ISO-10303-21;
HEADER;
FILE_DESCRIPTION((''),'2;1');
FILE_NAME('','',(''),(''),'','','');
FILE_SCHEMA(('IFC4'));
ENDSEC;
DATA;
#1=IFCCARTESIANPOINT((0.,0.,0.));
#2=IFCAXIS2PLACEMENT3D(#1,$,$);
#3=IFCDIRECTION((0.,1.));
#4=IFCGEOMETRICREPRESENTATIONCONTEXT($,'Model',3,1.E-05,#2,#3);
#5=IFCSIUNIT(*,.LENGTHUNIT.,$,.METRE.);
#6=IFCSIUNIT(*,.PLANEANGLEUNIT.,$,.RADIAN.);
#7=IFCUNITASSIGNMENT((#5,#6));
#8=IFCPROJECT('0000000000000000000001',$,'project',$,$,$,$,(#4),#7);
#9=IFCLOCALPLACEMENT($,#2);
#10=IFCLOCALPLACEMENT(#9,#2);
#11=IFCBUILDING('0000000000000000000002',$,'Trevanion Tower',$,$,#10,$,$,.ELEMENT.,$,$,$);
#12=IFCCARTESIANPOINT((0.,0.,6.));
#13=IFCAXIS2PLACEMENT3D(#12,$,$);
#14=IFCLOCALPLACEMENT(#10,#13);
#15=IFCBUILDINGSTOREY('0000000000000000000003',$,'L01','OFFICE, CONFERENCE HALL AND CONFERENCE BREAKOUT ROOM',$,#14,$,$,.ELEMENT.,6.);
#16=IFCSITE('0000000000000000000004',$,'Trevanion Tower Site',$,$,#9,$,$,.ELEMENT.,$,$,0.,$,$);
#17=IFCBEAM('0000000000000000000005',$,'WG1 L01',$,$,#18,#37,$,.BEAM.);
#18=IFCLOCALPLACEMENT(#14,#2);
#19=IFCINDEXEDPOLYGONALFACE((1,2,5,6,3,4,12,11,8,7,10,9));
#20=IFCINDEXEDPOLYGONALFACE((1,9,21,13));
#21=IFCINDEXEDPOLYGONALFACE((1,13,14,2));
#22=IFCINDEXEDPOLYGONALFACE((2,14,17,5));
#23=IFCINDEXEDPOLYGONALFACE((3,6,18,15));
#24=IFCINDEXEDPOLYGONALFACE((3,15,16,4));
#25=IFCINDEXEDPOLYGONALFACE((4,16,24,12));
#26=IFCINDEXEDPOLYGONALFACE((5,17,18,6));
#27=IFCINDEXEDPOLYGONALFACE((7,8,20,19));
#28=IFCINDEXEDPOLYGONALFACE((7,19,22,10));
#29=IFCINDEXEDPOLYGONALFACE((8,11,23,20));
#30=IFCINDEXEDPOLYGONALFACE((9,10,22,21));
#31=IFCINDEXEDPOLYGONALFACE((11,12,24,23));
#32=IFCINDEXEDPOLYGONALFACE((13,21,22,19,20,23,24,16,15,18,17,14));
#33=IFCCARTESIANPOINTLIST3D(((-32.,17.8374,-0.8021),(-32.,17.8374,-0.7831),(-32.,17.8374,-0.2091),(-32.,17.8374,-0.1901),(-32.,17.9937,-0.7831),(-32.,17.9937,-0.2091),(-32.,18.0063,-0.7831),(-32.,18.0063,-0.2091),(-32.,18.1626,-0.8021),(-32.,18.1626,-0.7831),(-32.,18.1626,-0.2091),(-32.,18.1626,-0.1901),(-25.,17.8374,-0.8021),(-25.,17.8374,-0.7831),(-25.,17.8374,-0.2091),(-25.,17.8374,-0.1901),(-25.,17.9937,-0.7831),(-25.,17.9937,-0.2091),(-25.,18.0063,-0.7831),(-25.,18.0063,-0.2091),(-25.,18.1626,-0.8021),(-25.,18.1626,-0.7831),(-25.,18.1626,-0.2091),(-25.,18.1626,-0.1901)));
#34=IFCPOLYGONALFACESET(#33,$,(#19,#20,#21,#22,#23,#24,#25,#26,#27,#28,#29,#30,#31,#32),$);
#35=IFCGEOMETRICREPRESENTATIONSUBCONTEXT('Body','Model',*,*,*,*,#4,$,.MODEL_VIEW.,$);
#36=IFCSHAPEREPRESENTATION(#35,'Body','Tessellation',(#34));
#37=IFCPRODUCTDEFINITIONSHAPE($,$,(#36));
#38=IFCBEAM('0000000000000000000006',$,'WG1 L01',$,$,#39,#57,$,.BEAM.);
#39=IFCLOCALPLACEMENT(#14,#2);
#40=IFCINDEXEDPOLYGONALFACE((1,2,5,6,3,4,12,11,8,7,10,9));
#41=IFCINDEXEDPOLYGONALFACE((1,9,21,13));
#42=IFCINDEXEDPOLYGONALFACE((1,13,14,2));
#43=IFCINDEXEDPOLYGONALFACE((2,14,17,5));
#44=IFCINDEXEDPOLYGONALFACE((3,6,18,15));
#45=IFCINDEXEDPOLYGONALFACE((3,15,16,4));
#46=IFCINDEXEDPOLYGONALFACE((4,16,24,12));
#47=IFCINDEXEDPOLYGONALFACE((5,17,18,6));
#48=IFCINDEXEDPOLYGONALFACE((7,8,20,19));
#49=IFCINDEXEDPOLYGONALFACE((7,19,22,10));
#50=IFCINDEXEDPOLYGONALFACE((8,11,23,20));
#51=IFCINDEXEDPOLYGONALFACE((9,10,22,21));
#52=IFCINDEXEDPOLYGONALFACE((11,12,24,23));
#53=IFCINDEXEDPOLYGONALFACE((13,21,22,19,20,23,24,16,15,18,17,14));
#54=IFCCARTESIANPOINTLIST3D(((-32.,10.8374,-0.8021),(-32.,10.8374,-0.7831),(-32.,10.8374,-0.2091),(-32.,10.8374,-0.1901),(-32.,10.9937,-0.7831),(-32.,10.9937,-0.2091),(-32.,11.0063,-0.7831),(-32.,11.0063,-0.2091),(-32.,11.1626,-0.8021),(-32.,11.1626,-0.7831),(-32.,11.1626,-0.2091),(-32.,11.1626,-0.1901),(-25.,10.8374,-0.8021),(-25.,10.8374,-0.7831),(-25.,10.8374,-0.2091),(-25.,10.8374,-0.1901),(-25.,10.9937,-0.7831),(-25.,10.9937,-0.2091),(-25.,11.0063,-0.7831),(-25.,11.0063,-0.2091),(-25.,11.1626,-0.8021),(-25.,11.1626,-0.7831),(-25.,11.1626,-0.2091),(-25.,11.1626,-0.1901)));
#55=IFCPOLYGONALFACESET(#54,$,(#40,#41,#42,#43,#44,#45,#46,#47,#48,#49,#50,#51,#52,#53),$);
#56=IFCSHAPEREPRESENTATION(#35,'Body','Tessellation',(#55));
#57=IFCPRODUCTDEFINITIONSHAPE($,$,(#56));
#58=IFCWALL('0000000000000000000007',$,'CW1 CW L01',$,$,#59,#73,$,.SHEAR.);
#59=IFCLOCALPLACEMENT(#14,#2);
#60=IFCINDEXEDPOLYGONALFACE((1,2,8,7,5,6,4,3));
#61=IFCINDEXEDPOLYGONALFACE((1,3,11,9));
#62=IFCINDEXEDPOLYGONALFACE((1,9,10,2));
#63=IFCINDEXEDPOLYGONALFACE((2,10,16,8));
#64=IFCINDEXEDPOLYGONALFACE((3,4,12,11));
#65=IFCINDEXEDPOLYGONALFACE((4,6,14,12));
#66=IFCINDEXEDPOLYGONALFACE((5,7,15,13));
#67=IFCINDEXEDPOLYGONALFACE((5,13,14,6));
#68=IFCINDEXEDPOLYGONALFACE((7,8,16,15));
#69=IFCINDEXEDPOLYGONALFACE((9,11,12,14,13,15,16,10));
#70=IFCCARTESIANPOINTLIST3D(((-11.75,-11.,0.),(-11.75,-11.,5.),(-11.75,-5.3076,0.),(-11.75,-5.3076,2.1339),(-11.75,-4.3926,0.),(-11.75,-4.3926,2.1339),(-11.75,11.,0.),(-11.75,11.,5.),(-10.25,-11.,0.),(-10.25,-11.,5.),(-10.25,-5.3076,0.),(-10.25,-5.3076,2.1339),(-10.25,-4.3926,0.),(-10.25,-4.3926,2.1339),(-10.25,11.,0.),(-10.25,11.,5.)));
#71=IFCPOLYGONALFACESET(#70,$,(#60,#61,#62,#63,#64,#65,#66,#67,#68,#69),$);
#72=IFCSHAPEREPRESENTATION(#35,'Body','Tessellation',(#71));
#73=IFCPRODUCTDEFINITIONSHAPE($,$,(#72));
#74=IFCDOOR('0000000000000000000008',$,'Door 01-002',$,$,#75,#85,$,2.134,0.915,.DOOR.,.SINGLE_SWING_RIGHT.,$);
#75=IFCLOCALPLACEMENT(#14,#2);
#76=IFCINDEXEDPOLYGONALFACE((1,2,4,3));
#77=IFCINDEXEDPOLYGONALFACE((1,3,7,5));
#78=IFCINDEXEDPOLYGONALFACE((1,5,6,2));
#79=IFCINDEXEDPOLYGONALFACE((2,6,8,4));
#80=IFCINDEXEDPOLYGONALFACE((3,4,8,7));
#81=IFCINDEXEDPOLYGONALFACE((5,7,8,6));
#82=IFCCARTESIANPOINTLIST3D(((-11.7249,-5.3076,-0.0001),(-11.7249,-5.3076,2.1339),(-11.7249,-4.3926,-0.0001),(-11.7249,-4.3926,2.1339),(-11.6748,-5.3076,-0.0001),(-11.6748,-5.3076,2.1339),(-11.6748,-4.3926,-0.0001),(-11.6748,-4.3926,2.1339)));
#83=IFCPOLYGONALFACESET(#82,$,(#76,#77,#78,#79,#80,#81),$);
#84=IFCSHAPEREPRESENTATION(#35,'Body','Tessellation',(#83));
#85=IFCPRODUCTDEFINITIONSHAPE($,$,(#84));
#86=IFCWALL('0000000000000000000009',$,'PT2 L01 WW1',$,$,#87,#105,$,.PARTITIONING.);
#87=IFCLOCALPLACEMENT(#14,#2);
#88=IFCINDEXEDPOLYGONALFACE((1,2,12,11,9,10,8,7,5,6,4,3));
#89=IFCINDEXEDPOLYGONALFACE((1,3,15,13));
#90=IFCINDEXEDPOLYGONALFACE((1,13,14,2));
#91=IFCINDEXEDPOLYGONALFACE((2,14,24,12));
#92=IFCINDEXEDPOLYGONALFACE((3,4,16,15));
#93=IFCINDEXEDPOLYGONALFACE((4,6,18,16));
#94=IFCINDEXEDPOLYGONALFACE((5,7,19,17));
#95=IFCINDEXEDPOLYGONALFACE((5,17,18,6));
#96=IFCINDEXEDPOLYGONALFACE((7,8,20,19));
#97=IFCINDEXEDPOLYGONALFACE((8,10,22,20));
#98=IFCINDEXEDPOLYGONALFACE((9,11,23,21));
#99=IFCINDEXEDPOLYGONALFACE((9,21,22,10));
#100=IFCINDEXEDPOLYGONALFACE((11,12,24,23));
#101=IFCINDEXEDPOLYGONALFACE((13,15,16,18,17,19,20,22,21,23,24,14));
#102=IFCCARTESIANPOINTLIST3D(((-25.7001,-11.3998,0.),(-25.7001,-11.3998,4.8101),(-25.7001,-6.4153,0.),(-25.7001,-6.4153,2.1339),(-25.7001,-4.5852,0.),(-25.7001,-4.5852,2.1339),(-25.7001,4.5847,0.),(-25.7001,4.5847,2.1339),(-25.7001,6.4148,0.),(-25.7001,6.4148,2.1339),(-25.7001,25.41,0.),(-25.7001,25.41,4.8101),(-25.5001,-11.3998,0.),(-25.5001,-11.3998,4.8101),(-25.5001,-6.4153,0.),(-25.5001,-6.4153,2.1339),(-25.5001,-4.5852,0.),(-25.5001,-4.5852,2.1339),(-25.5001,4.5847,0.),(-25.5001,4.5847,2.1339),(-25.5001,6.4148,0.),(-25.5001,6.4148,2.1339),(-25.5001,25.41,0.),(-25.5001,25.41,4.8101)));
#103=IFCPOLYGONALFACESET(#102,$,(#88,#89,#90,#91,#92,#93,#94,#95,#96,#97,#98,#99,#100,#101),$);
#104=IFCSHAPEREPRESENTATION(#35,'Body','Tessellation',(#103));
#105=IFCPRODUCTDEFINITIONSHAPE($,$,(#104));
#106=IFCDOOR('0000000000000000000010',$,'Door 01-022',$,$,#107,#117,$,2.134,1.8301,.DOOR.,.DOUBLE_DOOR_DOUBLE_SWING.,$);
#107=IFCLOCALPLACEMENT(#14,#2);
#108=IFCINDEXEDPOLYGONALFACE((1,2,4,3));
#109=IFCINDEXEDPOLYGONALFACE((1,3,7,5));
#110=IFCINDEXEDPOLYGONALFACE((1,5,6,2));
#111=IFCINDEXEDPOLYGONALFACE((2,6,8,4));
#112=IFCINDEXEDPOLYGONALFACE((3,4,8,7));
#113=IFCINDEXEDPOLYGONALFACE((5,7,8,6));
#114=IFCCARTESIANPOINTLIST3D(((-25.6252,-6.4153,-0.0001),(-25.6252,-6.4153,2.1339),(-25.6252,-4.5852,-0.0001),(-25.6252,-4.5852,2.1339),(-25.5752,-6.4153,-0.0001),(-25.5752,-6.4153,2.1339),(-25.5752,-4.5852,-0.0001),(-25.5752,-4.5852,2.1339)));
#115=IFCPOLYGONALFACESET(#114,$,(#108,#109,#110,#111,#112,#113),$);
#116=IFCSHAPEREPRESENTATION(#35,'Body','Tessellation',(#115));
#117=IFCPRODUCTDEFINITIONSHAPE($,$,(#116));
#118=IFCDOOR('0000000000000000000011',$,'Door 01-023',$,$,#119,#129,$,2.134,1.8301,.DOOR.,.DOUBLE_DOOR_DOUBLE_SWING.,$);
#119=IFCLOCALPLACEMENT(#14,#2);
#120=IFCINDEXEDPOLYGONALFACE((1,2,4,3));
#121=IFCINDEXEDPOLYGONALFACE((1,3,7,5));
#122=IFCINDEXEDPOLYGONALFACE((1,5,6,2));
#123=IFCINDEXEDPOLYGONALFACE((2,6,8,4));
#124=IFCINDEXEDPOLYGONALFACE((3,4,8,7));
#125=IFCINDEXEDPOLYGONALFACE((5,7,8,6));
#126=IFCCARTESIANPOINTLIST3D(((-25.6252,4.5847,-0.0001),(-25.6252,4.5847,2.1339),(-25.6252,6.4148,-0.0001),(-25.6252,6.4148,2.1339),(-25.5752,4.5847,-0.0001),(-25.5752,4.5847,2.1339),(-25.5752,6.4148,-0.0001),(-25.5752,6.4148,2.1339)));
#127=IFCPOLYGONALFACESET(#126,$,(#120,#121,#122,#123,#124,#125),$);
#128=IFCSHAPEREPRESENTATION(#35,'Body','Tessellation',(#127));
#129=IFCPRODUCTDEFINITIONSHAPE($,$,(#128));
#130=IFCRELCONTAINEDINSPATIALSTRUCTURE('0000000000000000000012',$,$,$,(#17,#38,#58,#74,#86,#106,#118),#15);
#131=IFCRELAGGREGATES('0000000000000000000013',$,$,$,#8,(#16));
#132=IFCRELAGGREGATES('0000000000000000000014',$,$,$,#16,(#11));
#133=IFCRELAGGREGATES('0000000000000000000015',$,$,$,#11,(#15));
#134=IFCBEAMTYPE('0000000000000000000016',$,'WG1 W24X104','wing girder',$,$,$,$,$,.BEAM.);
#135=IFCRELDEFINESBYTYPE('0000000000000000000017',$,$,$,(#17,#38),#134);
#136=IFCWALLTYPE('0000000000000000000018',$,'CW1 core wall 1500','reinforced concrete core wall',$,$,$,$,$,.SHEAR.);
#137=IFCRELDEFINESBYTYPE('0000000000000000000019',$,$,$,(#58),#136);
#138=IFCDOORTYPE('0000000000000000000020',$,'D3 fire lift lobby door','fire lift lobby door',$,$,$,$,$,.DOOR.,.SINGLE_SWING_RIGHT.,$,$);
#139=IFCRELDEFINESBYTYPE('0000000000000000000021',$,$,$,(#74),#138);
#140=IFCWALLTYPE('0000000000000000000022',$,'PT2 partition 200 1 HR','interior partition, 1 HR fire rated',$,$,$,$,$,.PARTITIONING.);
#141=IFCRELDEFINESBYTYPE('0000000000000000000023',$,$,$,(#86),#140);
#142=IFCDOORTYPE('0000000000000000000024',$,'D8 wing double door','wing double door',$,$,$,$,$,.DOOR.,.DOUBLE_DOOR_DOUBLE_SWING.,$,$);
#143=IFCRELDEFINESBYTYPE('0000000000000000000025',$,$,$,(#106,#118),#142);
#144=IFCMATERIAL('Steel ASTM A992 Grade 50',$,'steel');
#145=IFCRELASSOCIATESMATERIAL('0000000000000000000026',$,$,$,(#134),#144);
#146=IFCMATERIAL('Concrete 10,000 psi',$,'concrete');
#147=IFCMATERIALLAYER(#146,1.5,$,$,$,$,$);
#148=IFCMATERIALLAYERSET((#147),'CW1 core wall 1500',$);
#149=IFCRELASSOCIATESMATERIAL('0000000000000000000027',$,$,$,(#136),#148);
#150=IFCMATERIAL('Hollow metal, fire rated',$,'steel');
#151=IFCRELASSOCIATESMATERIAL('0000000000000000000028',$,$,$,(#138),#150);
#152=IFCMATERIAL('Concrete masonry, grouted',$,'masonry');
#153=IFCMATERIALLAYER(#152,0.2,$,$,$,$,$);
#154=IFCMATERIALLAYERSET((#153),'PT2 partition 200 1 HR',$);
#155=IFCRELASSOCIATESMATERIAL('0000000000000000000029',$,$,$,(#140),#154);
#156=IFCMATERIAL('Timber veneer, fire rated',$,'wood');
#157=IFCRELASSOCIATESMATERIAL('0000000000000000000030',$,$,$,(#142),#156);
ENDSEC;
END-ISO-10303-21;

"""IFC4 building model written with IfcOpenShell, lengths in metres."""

from ifc_helpers import new_model, si_unit, direction, frame, frame_2d, origin, origin_2d, place, context, subcontext, project, spatial, rectangle, i_section, extrude, material, layer, layer_set, material_profile, profile_set, type_object, element, fill, save


model = new_model("IFC4")

# Units and contexts
model_context = context("Model", 3, precision=1e-05, world=origin(), true_north=direction((0.0, 1.0)))
body_context = subcontext(model_context, "Body", "Model", "MODEL_VIEW")
ifc_project = project(units=[si_unit("LENGTHUNIT", "METRE"), si_unit("PLANEANGLEUNIT", "RADIAN")], contexts=[model_context])

# Site, building, storey
site_placement = place(None, origin())
site = spatial("IfcSite", under=ifc_project, at=site_placement, Name="Trevanion Tower Site", CompositionType="ELEMENT", RefElevation=0.0)
building_placement = place(site_placement, origin())
building = spatial("IfcBuilding", under=site, at=building_placement, Name="Trevanion Tower", CompositionType="ELEMENT")
storey_placement = place(building_placement, frame((0.0, 0.0, 6.0)))
storey = spatial("IfcBuildingStorey", under=building, at=storey_placement, Name="L01", Description="OFFICE, CONFERENCE HALL AND CONFERENCE BREAKOUT ROOM", CompositionType="ELEMENT", Elevation=6.0)

# Beams
ifc_material_1 = material(Name="Steel ASTM A992 Grade 50", Category="steel")
ifc_material_profile_1 = material_profile(ifc_material_1, i_section(OverallWidth=0.3252, OverallDepth=0.6121, WebThickness=0.0127, FlangeThickness=0.019, at=origin_2d()), Name="W24X104")
ifc_profile_set_1 = profile_set([ifc_material_profile_1], Name="Steel ASTM A992 Grade 50")
beam_type_1 = type_object("IfcBeamType", Name="WG1 W24X104", Description="wing girder", PredefinedType="BEAM", material=ifc_profile_set_1)
for number, where, z_axis, x_axis, name in (
    (1, (-25.0, 18.0, -0.4961), (-1.0, 0.0, 0.0), (0.0, -1.0, 0.0), "WG1 L01"),
    (2, (-25.0, 11.0, -0.4961), (-1.0, 0.0, 0.0), (0.0, -1.0, 0.0), "WG1 L01"),
):
    element("IfcBeam", number, at=place(storey_placement, frame(where, z_axis=z_axis, x_axis=x_axis)), inside=storey, type_object=beam_type_1, Name=name, PredefinedType="BEAM", context=body_context, shape_type="SweptSolid", body=[
        extrude(i_section(OverallWidth=0.3252, OverallDepth=0.6121, WebThickness=0.0127, FlangeThickness=0.019, at=origin_2d()), origin(), (0.0, 0.0, 1.0), 7.0),
    ])

# Wall, opening, door
ifc_material_2 = material(Name="Concrete 10,000 psi", Category="concrete")
ifc_layer_1 = layer(ifc_material_2, 1.5)
ifc_layer_set_1 = layer_set([ifc_layer_1], Name="CW1 core wall 1500")
wall_type_1 = type_object("IfcWallType", Name="CW1 core wall 1500", Description="reinforced concrete core wall", PredefinedType="SHEAR", material=ifc_layer_set_1)
wall_1_placement = place(storey_placement, frame((-11.0, 11.0, 0.0), z_axis=(0.0, 0.0, 1.0), x_axis=(0.0, -1.0, 0.0)))
wall_1 = element("IfcWall", 3, at=wall_1_placement, inside=storey, type_object=wall_type_1, Name="CW1 CW L01", PredefinedType="SHEAR", context=body_context, shape_type="SweptSolid", body=[
    extrude(rectangle(XDim=22.0, YDim=1.5, at=frame_2d((11.0, 0.0))), origin(), (0.0, 0.0, 1.0), 5.0),
])
opening_1_placement = place(wall_1_placement, frame((15.3926, 0.0, 0.0)))
opening_1 = element("IfcOpeningElement", 4, at=opening_1_placement, cuts=wall_1, PredefinedType="OPENING", context=body_context, shape_type="SweptSolid", body=[
    extrude(rectangle(XDim=0.915, YDim=2.134, at=frame_2d((0.4575, 1.0669))), frame((0.0, 0.76, 0.0), z_axis=(0.0, -1.0, 0.0), x_axis=(1.0, 0.0, 0.0)), (0.0, 0.0, 1.0), 1.52),
])
ifc_material_3 = material(Name="Hollow metal, fire rated", Category="steel")
door_type_1 = type_object("IfcDoorType", Name="D3 fire lift lobby door", Description="fire lift lobby door", OperationType="SINGLE_SWING_RIGHT", PredefinedType="DOOR", material=ifc_material_3)
door_1_placement = place(opening_1_placement, origin())
door_1 = element("IfcDoor", 5, at=door_1_placement, inside=storey, type_object=door_type_1, Name="Door 01-002", OperationType="SINGLE_SWING_RIGHT", OverallHeight=2.134, OverallWidth=0.915, PredefinedType="DOOR", context=body_context, shape_type="SweptSolid", body=[
    extrude(rectangle(XDim=0.915, YDim=2.134, at=frame_2d((0.4575, 1.0669))), frame((0.0, -0.6748, 0.0), z_axis=(0.0, -1.0, 0.0), x_axis=(1.0, 0.0, 0.0)), (0.0, 0.0, 1.0), 0.05),
])
fill(opening_1, door_1)

# Wall, openings, doors
ifc_material_4 = material(Name="Concrete masonry, grouted", Category="masonry")
ifc_layer_2 = layer(ifc_material_4, 0.2)
ifc_layer_set_2 = layer_set([ifc_layer_2], Name="PT2 partition 200 1 HR")
wall_type_2 = type_object("IfcWallType", Name="PT2 partition 200 1 HR", Description="interior partition, 1 HR fire rated", PredefinedType="PARTITIONING", material=ifc_layer_set_2)
wall_2_placement = place(storey_placement, frame((-25.6001, 25.4099, 0.0), z_axis=(0.0, 0.0, 1.0), x_axis=(0.0, -1.0, 0.0)))
wall_2 = element("IfcWall", 6, at=wall_2_placement, inside=storey, type_object=wall_type_2, Name="PT2 L01 WW1", PredefinedType="PARTITIONING", context=body_context, shape_type="SweptSolid", body=[
    extrude(rectangle(XDim=36.8098, YDim=0.2, at=frame_2d((18.4048, 0.0))), origin(), (0.0, 0.0, 1.0), 4.8101),
])
opening_2_placement = place(wall_2_placement, frame((29.9951, 0.0, 0.0)))
opening_2 = element("IfcOpeningElement", 7, at=opening_2_placement, cuts=wall_2, PredefinedType="OPENING", context=body_context, shape_type="SweptSolid", body=[
    extrude(rectangle(XDim=1.8301, YDim=2.134, at=frame_2d((0.915, 1.0669))), frame((0.0, 0.1099, 0.0), z_axis=(0.0, -1.0, 0.0), x_axis=(1.0, 0.0, 0.0)), (0.0, 0.0, 1.0), 0.22),
])
opening_3_placement = place(wall_2_placement, frame((18.9951, 0.0, 0.0)))
opening_3 = element("IfcOpeningElement", 8, at=opening_3_placement, cuts=wall_2, PredefinedType="OPENING", context=body_context, shape_type="SweptSolid", body=[
    extrude(rectangle(XDim=1.8301, YDim=2.134, at=frame_2d((0.915, 1.0669))), frame((0.0, 0.1099, 0.0), z_axis=(0.0, -1.0, 0.0), x_axis=(1.0, 0.0, 0.0)), (0.0, 0.0, 1.0), 0.22),
])
ifc_material_5 = material(Name="Timber veneer, fire rated", Category="wood")
door_type_2 = type_object("IfcDoorType", Name="D8 wing double door", Description="wing double door", OperationType="DOUBLE_DOOR_DOUBLE_SWING", PredefinedType="DOOR", material=ifc_material_5)
door_2_placement = place(opening_2_placement, origin())
door_2 = element("IfcDoor", 9, at=door_2_placement, inside=storey, type_object=door_type_2, Name="Door 01-022", OperationType="DOUBLE_DOOR_DOUBLE_SWING", OverallHeight=2.134, OverallWidth=1.8301, PredefinedType="DOOR", context=body_context, shape_type="SweptSolid", body=[
    extrude(rectangle(XDim=1.8301, YDim=2.134, at=frame_2d((0.915, 1.0669))), frame((0.0, 0.0249, 0.0), z_axis=(0.0, -1.0, 0.0), x_axis=(1.0, 0.0, 0.0)), (0.0, 0.0, 1.0), 0.05),
])
fill(opening_2, door_2)
door_3_placement = place(opening_3_placement, origin())
door_3 = element("IfcDoor", 10, at=door_3_placement, inside=storey, type_object=door_type_2, Name="Door 01-023", OperationType="DOUBLE_DOOR_DOUBLE_SWING", OverallHeight=2.134, OverallWidth=1.8301, PredefinedType="DOOR", context=body_context, shape_type="SweptSolid", body=[
    extrude(rectangle(XDim=1.8301, YDim=2.134, at=frame_2d((0.915, 1.0669))), frame((0.0, 0.0249, 0.0), z_axis=(0.0, -1.0, 0.0), x_axis=(1.0, 0.0, 0.0)), (0.0, 0.0, 1.0), 0.05),
])
fill(opening_3, door_3)

save(model, "model.ifc")
